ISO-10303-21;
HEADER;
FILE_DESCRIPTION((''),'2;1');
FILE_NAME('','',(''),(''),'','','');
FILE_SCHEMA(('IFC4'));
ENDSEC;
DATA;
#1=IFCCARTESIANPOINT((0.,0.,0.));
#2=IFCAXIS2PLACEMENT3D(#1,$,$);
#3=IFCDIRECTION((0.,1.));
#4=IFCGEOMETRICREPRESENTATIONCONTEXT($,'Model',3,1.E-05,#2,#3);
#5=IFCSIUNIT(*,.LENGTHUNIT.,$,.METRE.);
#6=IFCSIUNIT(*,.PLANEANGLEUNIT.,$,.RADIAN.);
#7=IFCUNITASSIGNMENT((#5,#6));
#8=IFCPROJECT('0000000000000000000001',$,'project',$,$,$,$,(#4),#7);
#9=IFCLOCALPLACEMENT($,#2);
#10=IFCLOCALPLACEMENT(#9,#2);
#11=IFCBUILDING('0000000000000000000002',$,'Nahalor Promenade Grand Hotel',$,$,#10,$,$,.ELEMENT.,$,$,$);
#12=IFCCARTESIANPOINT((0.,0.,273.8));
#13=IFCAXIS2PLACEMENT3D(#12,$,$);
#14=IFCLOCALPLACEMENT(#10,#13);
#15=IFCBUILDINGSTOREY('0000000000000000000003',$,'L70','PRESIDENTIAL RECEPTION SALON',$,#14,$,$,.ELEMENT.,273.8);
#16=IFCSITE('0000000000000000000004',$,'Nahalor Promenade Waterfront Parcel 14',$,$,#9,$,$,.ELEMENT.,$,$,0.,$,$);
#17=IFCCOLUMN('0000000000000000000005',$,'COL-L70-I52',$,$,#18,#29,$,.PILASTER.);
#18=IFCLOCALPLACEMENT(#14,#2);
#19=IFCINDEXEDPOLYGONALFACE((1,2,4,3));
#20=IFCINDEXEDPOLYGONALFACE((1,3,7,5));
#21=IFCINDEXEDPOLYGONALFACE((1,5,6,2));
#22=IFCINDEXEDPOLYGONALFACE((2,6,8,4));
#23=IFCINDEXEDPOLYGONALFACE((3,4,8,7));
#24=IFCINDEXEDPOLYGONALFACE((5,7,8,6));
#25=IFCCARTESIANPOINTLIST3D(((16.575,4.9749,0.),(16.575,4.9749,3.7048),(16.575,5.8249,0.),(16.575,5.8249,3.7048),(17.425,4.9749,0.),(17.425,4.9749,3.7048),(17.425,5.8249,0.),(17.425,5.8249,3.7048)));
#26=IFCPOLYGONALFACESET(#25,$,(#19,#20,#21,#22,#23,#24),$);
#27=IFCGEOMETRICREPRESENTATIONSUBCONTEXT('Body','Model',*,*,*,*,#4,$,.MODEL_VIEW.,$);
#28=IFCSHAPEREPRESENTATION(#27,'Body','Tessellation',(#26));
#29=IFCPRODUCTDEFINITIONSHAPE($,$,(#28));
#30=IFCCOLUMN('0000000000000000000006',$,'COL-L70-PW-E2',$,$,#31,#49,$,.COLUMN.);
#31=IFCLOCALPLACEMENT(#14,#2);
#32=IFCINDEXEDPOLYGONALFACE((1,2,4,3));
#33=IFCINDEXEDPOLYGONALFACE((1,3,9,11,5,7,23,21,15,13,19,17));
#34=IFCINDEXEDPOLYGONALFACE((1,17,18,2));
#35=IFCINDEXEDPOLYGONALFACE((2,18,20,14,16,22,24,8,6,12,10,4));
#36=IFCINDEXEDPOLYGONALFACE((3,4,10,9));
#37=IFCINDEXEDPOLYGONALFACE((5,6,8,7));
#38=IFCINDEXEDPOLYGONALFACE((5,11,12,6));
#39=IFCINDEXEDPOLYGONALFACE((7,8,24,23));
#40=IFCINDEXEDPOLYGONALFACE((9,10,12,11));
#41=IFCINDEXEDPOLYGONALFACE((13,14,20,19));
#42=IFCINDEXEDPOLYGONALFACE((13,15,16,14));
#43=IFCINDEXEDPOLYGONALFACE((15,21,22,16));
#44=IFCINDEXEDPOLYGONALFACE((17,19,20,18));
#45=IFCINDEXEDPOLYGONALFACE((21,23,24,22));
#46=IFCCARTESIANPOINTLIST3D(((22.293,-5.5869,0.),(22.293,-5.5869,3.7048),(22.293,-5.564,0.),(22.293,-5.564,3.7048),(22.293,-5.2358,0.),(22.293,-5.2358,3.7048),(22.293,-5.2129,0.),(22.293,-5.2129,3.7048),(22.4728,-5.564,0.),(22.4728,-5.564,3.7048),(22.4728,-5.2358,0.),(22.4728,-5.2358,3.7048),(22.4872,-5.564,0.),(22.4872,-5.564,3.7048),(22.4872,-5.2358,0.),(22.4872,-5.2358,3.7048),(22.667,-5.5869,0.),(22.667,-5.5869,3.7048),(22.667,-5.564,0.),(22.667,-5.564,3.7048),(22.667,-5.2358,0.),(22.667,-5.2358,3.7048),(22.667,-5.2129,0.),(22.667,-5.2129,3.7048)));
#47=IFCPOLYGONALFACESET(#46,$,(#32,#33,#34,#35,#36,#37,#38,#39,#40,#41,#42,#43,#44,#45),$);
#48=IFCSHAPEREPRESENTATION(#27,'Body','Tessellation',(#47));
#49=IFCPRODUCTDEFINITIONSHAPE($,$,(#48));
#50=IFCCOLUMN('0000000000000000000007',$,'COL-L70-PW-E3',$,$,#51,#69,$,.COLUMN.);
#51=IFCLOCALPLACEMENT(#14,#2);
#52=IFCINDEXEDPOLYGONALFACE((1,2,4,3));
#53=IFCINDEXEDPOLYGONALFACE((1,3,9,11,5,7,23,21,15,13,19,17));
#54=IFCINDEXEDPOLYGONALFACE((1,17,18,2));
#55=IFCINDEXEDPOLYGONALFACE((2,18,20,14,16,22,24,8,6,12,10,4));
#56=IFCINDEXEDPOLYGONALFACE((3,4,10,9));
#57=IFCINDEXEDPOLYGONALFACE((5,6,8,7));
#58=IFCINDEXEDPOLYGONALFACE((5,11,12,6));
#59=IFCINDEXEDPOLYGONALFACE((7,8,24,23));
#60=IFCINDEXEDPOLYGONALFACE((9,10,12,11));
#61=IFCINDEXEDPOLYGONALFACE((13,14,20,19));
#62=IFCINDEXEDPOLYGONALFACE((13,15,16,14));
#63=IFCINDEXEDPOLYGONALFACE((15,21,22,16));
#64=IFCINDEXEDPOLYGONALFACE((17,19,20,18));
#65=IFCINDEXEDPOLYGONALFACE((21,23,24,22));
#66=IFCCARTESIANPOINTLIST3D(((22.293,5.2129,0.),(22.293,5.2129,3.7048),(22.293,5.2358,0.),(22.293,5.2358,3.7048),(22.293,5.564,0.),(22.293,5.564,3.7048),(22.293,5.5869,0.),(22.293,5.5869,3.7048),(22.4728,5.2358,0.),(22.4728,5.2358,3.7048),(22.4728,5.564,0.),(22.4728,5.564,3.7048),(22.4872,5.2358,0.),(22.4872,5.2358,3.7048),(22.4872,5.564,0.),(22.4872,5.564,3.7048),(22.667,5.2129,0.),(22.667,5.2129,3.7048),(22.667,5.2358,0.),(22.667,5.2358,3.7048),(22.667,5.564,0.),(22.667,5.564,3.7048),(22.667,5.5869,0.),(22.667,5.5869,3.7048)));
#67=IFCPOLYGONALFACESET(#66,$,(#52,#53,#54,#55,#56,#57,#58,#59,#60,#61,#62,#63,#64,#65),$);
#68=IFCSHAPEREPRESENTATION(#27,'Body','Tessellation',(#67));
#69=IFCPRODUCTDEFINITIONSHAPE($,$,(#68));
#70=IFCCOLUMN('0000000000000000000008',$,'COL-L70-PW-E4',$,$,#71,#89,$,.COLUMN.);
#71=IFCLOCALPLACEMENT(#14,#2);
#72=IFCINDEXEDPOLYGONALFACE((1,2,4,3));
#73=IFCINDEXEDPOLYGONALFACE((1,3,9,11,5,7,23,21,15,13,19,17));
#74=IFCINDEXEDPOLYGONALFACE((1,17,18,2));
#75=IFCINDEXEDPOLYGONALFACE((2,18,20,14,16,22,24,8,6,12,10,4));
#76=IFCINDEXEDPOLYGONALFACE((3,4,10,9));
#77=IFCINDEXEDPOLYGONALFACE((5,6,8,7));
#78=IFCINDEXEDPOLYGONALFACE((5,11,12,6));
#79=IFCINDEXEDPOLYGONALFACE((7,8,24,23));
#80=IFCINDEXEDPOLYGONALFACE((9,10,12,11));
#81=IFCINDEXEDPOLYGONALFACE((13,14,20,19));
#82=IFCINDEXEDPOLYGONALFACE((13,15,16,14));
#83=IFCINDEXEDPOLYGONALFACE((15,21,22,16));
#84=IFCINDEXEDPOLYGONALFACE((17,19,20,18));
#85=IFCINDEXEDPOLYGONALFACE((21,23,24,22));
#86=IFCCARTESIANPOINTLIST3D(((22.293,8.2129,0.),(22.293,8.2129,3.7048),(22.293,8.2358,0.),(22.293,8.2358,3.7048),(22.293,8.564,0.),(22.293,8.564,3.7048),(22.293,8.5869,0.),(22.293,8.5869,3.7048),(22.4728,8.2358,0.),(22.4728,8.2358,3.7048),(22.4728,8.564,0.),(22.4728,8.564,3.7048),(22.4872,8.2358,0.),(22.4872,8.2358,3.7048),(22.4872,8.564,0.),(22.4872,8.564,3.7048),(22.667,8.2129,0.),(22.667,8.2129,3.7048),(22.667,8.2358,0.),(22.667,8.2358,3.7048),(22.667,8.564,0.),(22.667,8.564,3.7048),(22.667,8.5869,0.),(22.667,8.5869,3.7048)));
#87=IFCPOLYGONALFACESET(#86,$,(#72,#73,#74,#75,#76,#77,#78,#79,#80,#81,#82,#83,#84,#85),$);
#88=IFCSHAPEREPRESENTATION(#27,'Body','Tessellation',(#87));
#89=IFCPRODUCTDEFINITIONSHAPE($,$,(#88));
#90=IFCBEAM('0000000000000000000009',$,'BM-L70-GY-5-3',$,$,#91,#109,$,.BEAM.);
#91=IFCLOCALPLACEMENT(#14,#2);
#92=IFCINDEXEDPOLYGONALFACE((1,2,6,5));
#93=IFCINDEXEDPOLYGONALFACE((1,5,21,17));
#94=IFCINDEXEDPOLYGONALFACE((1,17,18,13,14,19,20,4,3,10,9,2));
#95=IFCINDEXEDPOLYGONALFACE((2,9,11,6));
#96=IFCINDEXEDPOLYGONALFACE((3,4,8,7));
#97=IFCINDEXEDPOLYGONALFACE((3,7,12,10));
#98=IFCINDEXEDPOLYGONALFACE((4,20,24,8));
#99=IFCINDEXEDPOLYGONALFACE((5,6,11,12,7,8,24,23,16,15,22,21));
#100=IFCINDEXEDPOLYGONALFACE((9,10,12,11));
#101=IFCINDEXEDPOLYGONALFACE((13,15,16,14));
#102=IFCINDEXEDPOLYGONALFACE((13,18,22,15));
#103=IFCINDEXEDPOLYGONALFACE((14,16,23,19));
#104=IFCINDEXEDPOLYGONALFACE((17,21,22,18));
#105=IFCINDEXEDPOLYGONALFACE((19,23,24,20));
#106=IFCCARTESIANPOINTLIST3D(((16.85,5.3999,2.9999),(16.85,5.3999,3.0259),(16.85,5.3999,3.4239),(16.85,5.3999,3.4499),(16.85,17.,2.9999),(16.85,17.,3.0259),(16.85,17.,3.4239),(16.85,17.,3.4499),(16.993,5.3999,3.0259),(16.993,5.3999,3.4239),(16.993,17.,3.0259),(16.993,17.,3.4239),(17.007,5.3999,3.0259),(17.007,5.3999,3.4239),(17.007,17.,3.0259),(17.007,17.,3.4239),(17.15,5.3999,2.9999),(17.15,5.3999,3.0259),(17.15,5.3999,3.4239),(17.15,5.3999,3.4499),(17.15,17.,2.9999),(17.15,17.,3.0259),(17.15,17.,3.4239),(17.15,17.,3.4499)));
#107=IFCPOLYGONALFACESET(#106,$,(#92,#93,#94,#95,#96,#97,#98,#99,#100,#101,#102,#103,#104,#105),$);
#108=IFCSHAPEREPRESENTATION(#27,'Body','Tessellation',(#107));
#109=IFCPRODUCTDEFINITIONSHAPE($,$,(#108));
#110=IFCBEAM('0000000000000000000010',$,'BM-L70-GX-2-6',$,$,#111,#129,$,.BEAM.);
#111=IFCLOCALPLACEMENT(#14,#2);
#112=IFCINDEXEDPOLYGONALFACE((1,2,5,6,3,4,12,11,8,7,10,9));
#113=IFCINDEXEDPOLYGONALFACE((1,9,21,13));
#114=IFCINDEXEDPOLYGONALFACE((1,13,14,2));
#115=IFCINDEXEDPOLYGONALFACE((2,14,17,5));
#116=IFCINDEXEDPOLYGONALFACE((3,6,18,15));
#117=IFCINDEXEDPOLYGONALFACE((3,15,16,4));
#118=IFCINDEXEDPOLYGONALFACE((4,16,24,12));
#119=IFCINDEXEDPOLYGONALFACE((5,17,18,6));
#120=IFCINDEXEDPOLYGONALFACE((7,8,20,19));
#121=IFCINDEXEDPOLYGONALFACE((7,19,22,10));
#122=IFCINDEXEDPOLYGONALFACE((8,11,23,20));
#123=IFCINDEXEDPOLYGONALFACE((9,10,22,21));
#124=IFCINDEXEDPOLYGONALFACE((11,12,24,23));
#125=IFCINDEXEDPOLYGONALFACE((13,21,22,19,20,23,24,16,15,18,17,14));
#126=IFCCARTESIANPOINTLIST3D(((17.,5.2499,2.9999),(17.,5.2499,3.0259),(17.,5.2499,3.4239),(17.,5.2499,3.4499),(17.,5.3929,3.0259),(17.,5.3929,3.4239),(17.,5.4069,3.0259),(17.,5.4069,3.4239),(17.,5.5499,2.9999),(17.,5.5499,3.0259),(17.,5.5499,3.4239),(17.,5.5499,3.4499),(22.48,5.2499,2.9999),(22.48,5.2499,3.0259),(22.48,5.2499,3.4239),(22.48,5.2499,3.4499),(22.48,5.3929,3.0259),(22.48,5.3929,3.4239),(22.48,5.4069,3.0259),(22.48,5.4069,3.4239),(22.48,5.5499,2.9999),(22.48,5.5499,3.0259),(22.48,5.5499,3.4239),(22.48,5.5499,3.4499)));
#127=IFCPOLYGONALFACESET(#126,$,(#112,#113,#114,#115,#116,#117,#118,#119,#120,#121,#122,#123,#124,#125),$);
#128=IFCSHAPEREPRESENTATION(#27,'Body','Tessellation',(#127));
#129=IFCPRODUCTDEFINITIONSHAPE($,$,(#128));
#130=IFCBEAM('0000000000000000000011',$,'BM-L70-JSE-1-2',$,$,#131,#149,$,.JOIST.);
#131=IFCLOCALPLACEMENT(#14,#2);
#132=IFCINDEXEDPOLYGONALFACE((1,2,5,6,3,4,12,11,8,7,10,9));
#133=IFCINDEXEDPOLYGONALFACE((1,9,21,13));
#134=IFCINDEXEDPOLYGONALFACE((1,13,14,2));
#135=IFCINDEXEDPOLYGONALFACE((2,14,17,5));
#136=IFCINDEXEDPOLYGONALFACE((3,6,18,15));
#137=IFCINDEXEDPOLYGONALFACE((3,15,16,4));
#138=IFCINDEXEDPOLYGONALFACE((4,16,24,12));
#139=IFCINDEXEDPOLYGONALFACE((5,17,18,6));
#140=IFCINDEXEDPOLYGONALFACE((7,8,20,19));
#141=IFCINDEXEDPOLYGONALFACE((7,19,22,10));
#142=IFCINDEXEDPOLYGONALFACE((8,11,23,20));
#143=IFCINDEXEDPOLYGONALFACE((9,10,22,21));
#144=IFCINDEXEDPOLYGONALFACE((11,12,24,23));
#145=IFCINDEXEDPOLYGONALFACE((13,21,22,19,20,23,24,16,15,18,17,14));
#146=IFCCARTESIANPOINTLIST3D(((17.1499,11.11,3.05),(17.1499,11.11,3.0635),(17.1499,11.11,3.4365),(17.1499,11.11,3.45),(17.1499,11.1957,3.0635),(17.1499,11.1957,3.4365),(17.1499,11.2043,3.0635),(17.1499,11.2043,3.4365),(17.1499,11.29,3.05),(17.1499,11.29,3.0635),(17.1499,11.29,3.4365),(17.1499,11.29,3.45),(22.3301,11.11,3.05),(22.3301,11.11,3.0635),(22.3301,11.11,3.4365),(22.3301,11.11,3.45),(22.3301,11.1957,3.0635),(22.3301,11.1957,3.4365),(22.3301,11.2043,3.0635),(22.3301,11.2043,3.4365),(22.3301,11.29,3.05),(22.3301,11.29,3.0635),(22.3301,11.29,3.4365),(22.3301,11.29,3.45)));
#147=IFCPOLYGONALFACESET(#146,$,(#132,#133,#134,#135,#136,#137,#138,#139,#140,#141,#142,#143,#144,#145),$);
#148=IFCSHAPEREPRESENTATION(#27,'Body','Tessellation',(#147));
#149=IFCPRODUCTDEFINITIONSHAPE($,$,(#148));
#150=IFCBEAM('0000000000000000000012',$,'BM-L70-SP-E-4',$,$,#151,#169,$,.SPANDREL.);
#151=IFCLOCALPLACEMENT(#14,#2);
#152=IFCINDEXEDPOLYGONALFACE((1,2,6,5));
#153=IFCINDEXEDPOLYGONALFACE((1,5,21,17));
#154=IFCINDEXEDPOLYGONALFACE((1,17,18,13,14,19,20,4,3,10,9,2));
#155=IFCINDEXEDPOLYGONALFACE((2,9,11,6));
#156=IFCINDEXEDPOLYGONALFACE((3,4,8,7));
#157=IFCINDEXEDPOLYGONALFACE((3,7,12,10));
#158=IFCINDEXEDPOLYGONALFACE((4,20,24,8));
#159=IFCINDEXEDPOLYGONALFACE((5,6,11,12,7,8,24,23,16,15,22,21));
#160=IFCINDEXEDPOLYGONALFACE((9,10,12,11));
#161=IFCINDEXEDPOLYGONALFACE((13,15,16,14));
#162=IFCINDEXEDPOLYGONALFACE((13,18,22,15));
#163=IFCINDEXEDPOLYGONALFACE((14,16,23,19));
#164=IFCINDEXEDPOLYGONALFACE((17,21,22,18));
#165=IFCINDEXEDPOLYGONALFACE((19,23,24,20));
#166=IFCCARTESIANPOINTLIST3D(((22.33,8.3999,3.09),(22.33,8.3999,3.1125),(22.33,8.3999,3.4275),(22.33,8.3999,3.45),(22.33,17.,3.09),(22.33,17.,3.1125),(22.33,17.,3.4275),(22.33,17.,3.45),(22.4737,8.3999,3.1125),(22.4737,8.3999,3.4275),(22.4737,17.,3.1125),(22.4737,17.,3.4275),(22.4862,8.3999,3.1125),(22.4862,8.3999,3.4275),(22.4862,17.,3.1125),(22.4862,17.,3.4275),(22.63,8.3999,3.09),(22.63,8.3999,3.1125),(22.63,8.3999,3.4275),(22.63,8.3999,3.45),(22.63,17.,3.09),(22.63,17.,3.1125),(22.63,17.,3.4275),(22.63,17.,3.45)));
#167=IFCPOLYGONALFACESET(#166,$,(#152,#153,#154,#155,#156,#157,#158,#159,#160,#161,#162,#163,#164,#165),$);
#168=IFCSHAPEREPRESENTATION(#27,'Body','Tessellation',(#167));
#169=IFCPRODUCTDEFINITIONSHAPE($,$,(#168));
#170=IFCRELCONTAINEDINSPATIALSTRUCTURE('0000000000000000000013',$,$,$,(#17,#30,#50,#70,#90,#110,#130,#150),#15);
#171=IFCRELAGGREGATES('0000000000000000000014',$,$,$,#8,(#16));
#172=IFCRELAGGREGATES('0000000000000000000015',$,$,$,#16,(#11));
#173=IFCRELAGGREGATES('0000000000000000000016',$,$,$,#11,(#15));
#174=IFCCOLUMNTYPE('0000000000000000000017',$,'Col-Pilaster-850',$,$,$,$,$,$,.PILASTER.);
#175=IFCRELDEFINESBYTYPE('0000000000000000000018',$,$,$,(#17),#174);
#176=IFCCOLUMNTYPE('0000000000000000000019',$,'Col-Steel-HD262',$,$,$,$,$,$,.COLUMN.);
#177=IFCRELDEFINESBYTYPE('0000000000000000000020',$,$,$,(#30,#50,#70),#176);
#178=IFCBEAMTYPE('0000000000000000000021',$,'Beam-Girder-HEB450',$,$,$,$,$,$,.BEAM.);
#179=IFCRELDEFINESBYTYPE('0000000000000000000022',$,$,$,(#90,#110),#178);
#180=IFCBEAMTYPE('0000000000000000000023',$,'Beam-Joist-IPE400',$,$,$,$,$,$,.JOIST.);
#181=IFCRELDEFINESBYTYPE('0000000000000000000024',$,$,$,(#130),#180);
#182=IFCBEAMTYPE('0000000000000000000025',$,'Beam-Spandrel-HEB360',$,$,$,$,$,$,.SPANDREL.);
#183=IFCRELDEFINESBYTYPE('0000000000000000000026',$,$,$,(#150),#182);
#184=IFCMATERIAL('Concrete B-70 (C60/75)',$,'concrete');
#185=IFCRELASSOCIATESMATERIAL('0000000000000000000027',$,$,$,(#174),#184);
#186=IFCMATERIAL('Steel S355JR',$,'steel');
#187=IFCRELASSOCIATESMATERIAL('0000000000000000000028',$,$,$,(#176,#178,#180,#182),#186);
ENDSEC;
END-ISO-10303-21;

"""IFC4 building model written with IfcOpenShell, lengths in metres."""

from ifc_helpers import new_model, si_unit, direction, frame, origin, origin_2d, place, context, subcontext, project, spatial, rectangle, i_section, extrude, source, transform, mapped, material, material_profile, profile_set, type_object, element, save


model = new_model("IFC4")

# Units and contexts
model_context = context("Model", 3, precision=1e-05, world=origin(), true_north=direction((0.0, 1.0)))
body_context = subcontext(model_context, "Body", "Model", "MODEL_VIEW")
ifc_project = project(units=[si_unit("LENGTHUNIT", "METRE"), si_unit("PLANEANGLEUNIT", "RADIAN")], contexts=[model_context])

# Site, building, storey
site_placement = place(None, origin())
site = spatial("IfcSite", under=ifc_project, at=site_placement, Name="Nahalor Promenade Waterfront Parcel 14", CompositionType="ELEMENT", RefElevation=0.0)
building_placement = place(site_placement, origin())
building = spatial("IfcBuilding", under=site, at=building_placement, Name="Nahalor Promenade Grand Hotel", CompositionType="ELEMENT")
storey_placement = place(building_placement, frame((0.0, 0.0, 273.8)))
storey = spatial("IfcBuildingStorey", under=building, at=storey_placement, Name="L70", Description="PRESIDENTIAL RECEPTION SALON", CompositionType="ELEMENT", Elevation=273.8)

# Columns
ifc_material_1 = material(Name="Concrete B-70 (C60/75)", Category="concrete")
ifc_material_profile_1 = material_profile(ifc_material_1, rectangle(XDim=0.85, YDim=0.85, at=origin_2d()), Name="RC 850x850")
ifc_profile_set_1 = profile_set([ifc_material_profile_1], Name="Concrete B-70 (C60/75)")
column_type_1 = type_object("IfcColumnType", Name="Col-Pilaster-850", PredefinedType="PILASTER", material=ifc_profile_set_1)
shared_shape_1 = source(origin(), body_context, "Body", "SweptSolid", [
    extrude(rectangle(XDim=0.85, YDim=0.85, at=origin_2d()), origin(), (0.0, 0.0, 1.0), 3.7048),
])
column_placement = place(storey_placement, frame((17.0, 5.3999, 0.0), z_axis=(0.0, 0.0, 1.0), x_axis=(1.0, 0.0, 0.0)))
element("IfcColumn", 1, at=column_placement, inside=storey, type_object=column_type_1, Name="COL-L70-I52", PredefinedType="PILASTER", context=body_context, shape_type="MappedRepresentation", body=[
    mapped(shared_shape_1, transform((0.0, 0.0, 0.0), scale=1.0)),
])
ifc_material_2 = material(Name="Steel S355JR", Category="steel")
ifc_material_profile_2 = material_profile(ifc_material_2, i_section(OverallWidth=0.374, OverallDepth=0.374, WebThickness=0.0144, FlangeThickness=0.0229, at=origin_2d()), Name="HD 360x262")
ifc_profile_set_2 = profile_set([ifc_material_profile_2], Name="Steel S355JR")
column_type_2 = type_object("IfcColumnType", Name="Col-Steel-HD262", PredefinedType="COLUMN", material=ifc_profile_set_2)
shared_shape_2 = source(origin(), body_context, "Body", "SweptSolid", [
    extrude(i_section(OverallWidth=0.374, OverallDepth=0.374, WebThickness=0.0144, FlangeThickness=0.0229, at=origin_2d()), origin(), (0.0, 0.0, 1.0), 3.7048),
])
for number, where, z_axis, x_axis, name in (
    (2, (22.48, -5.3999, 0.0), (0.0, 0.0, 1.0), (1.0, 0.0, 0.0), "COL-L70-PW-E2"),
    (3, (22.48, 5.3999, 0.0), (0.0, 0.0, 1.0), (1.0, 0.0, 0.0), "COL-L70-PW-E3"),
    (4, (22.48, 8.3999, 0.0), (0.0, 0.0, 1.0), (1.0, 0.0, 0.0), "COL-L70-PW-E4"),
):
    element("IfcColumn", number, at=place(storey_placement, frame(where, z_axis=z_axis, x_axis=x_axis)), inside=storey, type_object=column_type_2, Name=name, PredefinedType="COLUMN", context=body_context, shape_type="MappedRepresentation", body=[
        mapped(shared_shape_2, transform((0.0, 0.0, 0.0), scale=1.0)),
    ])

# Beams
ifc_material_profile_3 = material_profile(ifc_material_2, i_section(OverallWidth=0.3, OverallDepth=0.45, WebThickness=0.014, FlangeThickness=0.026, at=origin_2d()), Name="HEB 450")
ifc_profile_set_3 = profile_set([ifc_material_profile_3], Name="Steel S355JR")
beam_type_1 = type_object("IfcBeamType", Name="Beam-Girder-HEB450", PredefinedType="BEAM", material=ifc_profile_set_3)
shared_shape_3 = source(origin(), body_context, "Body", "SweptSolid", [
    extrude(i_section(OverallWidth=0.3, OverallDepth=0.45, WebThickness=0.014, FlangeThickness=0.026, at=origin_2d()), origin(), (0.0, 0.0, 1.0), 11.6001),
])
beam_1_placement = place(storey_placement, frame((17.0, 5.3999, 3.2249), z_axis=(0.0, 1.0, 0.0), x_axis=(-1.0, 0.0, 0.0)))
element("IfcBeam", 5, at=beam_1_placement, inside=storey, type_object=beam_type_1, Name="BM-L70-GY-5-3", PredefinedType="BEAM", context=body_context, shape_type="MappedRepresentation", body=[
    mapped(shared_shape_3, transform((0.0, 0.0, 0.0), scale=1.0)),
])
shared_shape_4 = source(origin(), body_context, "Body", "SweptSolid", [
    extrude(i_section(OverallWidth=0.3, OverallDepth=0.45, WebThickness=0.014, FlangeThickness=0.026, at=origin_2d()), origin(), (0.0, 0.0, 1.0), 5.48),
])
beam_2_placement = place(storey_placement, frame((17.0, 5.3999, 3.2249), z_axis=(1.0, 0.0, 0.0), x_axis=(0.0, 1.0, 0.0)))
element("IfcBeam", 6, at=beam_2_placement, inside=storey, type_object=beam_type_1, Name="BM-L70-GX-2-6", PredefinedType="BEAM", context=body_context, shape_type="MappedRepresentation", body=[
    mapped(shared_shape_4, transform((0.0, 0.0, 0.0), scale=1.0)),
])
ifc_material_profile_4 = material_profile(ifc_material_2, i_section(OverallWidth=0.18, OverallDepth=0.4, WebThickness=0.0086, FlangeThickness=0.0135, at=origin_2d()), Name="IPE 400")
ifc_profile_set_4 = profile_set([ifc_material_profile_4], Name="Steel S355JR")
beam_type_2 = type_object("IfcBeamType", Name="Beam-Joist-IPE400", PredefinedType="JOIST", material=ifc_profile_set_4)
shared_shape_5 = source(origin(), body_context, "Body", "SweptSolid", [
    extrude(i_section(OverallWidth=0.18, OverallDepth=0.4, WebThickness=0.0086, FlangeThickness=0.0135, at=origin_2d()), origin(), (0.0, 0.0, 1.0), 5.1802),
])
beam_3_placement = place(storey_placement, frame((17.1499, 11.2, 3.25), z_axis=(1.0, 0.0, 0.0), x_axis=(0.0, 1.0, 0.0)))
element("IfcBeam", 7, at=beam_3_placement, inside=storey, type_object=beam_type_2, Name="BM-L70-JSE-1-2", PredefinedType="JOIST", context=body_context, shape_type="MappedRepresentation", body=[
    mapped(shared_shape_5, transform((0.0, 0.0, 0.0), scale=1.0)),
])
ifc_material_profile_5 = material_profile(ifc_material_2, i_section(OverallWidth=0.3, OverallDepth=0.36, WebThickness=0.0125, FlangeThickness=0.0225, at=origin_2d()), Name="HEB 360")
ifc_profile_set_5 = profile_set([ifc_material_profile_5], Name="Steel S355JR")
beam_type_3 = type_object("IfcBeamType", Name="Beam-Spandrel-HEB360", PredefinedType="SPANDREL", material=ifc_profile_set_5)
shared_shape_6 = source(origin(), body_context, "Body", "SweptSolid", [
    extrude(i_section(OverallWidth=0.3, OverallDepth=0.36, WebThickness=0.0125, FlangeThickness=0.0225, at=origin_2d()), origin(), (0.0, 0.0, 1.0), 8.6001),
])
beam_4_placement = place(storey_placement, frame((22.48, 8.3999, 3.27), z_axis=(0.0, 1.0, 0.0), x_axis=(-1.0, 0.0, 0.0)))
element("IfcBeam", 8, at=beam_4_placement, inside=storey, type_object=beam_type_3, Name="BM-L70-SP-E-4", PredefinedType="SPANDREL", context=body_context, shape_type="MappedRepresentation", body=[
    mapped(shared_shape_6, transform((0.0, 0.0, 0.0), scale=1.0)),
])

save(model, "model.ifc")
